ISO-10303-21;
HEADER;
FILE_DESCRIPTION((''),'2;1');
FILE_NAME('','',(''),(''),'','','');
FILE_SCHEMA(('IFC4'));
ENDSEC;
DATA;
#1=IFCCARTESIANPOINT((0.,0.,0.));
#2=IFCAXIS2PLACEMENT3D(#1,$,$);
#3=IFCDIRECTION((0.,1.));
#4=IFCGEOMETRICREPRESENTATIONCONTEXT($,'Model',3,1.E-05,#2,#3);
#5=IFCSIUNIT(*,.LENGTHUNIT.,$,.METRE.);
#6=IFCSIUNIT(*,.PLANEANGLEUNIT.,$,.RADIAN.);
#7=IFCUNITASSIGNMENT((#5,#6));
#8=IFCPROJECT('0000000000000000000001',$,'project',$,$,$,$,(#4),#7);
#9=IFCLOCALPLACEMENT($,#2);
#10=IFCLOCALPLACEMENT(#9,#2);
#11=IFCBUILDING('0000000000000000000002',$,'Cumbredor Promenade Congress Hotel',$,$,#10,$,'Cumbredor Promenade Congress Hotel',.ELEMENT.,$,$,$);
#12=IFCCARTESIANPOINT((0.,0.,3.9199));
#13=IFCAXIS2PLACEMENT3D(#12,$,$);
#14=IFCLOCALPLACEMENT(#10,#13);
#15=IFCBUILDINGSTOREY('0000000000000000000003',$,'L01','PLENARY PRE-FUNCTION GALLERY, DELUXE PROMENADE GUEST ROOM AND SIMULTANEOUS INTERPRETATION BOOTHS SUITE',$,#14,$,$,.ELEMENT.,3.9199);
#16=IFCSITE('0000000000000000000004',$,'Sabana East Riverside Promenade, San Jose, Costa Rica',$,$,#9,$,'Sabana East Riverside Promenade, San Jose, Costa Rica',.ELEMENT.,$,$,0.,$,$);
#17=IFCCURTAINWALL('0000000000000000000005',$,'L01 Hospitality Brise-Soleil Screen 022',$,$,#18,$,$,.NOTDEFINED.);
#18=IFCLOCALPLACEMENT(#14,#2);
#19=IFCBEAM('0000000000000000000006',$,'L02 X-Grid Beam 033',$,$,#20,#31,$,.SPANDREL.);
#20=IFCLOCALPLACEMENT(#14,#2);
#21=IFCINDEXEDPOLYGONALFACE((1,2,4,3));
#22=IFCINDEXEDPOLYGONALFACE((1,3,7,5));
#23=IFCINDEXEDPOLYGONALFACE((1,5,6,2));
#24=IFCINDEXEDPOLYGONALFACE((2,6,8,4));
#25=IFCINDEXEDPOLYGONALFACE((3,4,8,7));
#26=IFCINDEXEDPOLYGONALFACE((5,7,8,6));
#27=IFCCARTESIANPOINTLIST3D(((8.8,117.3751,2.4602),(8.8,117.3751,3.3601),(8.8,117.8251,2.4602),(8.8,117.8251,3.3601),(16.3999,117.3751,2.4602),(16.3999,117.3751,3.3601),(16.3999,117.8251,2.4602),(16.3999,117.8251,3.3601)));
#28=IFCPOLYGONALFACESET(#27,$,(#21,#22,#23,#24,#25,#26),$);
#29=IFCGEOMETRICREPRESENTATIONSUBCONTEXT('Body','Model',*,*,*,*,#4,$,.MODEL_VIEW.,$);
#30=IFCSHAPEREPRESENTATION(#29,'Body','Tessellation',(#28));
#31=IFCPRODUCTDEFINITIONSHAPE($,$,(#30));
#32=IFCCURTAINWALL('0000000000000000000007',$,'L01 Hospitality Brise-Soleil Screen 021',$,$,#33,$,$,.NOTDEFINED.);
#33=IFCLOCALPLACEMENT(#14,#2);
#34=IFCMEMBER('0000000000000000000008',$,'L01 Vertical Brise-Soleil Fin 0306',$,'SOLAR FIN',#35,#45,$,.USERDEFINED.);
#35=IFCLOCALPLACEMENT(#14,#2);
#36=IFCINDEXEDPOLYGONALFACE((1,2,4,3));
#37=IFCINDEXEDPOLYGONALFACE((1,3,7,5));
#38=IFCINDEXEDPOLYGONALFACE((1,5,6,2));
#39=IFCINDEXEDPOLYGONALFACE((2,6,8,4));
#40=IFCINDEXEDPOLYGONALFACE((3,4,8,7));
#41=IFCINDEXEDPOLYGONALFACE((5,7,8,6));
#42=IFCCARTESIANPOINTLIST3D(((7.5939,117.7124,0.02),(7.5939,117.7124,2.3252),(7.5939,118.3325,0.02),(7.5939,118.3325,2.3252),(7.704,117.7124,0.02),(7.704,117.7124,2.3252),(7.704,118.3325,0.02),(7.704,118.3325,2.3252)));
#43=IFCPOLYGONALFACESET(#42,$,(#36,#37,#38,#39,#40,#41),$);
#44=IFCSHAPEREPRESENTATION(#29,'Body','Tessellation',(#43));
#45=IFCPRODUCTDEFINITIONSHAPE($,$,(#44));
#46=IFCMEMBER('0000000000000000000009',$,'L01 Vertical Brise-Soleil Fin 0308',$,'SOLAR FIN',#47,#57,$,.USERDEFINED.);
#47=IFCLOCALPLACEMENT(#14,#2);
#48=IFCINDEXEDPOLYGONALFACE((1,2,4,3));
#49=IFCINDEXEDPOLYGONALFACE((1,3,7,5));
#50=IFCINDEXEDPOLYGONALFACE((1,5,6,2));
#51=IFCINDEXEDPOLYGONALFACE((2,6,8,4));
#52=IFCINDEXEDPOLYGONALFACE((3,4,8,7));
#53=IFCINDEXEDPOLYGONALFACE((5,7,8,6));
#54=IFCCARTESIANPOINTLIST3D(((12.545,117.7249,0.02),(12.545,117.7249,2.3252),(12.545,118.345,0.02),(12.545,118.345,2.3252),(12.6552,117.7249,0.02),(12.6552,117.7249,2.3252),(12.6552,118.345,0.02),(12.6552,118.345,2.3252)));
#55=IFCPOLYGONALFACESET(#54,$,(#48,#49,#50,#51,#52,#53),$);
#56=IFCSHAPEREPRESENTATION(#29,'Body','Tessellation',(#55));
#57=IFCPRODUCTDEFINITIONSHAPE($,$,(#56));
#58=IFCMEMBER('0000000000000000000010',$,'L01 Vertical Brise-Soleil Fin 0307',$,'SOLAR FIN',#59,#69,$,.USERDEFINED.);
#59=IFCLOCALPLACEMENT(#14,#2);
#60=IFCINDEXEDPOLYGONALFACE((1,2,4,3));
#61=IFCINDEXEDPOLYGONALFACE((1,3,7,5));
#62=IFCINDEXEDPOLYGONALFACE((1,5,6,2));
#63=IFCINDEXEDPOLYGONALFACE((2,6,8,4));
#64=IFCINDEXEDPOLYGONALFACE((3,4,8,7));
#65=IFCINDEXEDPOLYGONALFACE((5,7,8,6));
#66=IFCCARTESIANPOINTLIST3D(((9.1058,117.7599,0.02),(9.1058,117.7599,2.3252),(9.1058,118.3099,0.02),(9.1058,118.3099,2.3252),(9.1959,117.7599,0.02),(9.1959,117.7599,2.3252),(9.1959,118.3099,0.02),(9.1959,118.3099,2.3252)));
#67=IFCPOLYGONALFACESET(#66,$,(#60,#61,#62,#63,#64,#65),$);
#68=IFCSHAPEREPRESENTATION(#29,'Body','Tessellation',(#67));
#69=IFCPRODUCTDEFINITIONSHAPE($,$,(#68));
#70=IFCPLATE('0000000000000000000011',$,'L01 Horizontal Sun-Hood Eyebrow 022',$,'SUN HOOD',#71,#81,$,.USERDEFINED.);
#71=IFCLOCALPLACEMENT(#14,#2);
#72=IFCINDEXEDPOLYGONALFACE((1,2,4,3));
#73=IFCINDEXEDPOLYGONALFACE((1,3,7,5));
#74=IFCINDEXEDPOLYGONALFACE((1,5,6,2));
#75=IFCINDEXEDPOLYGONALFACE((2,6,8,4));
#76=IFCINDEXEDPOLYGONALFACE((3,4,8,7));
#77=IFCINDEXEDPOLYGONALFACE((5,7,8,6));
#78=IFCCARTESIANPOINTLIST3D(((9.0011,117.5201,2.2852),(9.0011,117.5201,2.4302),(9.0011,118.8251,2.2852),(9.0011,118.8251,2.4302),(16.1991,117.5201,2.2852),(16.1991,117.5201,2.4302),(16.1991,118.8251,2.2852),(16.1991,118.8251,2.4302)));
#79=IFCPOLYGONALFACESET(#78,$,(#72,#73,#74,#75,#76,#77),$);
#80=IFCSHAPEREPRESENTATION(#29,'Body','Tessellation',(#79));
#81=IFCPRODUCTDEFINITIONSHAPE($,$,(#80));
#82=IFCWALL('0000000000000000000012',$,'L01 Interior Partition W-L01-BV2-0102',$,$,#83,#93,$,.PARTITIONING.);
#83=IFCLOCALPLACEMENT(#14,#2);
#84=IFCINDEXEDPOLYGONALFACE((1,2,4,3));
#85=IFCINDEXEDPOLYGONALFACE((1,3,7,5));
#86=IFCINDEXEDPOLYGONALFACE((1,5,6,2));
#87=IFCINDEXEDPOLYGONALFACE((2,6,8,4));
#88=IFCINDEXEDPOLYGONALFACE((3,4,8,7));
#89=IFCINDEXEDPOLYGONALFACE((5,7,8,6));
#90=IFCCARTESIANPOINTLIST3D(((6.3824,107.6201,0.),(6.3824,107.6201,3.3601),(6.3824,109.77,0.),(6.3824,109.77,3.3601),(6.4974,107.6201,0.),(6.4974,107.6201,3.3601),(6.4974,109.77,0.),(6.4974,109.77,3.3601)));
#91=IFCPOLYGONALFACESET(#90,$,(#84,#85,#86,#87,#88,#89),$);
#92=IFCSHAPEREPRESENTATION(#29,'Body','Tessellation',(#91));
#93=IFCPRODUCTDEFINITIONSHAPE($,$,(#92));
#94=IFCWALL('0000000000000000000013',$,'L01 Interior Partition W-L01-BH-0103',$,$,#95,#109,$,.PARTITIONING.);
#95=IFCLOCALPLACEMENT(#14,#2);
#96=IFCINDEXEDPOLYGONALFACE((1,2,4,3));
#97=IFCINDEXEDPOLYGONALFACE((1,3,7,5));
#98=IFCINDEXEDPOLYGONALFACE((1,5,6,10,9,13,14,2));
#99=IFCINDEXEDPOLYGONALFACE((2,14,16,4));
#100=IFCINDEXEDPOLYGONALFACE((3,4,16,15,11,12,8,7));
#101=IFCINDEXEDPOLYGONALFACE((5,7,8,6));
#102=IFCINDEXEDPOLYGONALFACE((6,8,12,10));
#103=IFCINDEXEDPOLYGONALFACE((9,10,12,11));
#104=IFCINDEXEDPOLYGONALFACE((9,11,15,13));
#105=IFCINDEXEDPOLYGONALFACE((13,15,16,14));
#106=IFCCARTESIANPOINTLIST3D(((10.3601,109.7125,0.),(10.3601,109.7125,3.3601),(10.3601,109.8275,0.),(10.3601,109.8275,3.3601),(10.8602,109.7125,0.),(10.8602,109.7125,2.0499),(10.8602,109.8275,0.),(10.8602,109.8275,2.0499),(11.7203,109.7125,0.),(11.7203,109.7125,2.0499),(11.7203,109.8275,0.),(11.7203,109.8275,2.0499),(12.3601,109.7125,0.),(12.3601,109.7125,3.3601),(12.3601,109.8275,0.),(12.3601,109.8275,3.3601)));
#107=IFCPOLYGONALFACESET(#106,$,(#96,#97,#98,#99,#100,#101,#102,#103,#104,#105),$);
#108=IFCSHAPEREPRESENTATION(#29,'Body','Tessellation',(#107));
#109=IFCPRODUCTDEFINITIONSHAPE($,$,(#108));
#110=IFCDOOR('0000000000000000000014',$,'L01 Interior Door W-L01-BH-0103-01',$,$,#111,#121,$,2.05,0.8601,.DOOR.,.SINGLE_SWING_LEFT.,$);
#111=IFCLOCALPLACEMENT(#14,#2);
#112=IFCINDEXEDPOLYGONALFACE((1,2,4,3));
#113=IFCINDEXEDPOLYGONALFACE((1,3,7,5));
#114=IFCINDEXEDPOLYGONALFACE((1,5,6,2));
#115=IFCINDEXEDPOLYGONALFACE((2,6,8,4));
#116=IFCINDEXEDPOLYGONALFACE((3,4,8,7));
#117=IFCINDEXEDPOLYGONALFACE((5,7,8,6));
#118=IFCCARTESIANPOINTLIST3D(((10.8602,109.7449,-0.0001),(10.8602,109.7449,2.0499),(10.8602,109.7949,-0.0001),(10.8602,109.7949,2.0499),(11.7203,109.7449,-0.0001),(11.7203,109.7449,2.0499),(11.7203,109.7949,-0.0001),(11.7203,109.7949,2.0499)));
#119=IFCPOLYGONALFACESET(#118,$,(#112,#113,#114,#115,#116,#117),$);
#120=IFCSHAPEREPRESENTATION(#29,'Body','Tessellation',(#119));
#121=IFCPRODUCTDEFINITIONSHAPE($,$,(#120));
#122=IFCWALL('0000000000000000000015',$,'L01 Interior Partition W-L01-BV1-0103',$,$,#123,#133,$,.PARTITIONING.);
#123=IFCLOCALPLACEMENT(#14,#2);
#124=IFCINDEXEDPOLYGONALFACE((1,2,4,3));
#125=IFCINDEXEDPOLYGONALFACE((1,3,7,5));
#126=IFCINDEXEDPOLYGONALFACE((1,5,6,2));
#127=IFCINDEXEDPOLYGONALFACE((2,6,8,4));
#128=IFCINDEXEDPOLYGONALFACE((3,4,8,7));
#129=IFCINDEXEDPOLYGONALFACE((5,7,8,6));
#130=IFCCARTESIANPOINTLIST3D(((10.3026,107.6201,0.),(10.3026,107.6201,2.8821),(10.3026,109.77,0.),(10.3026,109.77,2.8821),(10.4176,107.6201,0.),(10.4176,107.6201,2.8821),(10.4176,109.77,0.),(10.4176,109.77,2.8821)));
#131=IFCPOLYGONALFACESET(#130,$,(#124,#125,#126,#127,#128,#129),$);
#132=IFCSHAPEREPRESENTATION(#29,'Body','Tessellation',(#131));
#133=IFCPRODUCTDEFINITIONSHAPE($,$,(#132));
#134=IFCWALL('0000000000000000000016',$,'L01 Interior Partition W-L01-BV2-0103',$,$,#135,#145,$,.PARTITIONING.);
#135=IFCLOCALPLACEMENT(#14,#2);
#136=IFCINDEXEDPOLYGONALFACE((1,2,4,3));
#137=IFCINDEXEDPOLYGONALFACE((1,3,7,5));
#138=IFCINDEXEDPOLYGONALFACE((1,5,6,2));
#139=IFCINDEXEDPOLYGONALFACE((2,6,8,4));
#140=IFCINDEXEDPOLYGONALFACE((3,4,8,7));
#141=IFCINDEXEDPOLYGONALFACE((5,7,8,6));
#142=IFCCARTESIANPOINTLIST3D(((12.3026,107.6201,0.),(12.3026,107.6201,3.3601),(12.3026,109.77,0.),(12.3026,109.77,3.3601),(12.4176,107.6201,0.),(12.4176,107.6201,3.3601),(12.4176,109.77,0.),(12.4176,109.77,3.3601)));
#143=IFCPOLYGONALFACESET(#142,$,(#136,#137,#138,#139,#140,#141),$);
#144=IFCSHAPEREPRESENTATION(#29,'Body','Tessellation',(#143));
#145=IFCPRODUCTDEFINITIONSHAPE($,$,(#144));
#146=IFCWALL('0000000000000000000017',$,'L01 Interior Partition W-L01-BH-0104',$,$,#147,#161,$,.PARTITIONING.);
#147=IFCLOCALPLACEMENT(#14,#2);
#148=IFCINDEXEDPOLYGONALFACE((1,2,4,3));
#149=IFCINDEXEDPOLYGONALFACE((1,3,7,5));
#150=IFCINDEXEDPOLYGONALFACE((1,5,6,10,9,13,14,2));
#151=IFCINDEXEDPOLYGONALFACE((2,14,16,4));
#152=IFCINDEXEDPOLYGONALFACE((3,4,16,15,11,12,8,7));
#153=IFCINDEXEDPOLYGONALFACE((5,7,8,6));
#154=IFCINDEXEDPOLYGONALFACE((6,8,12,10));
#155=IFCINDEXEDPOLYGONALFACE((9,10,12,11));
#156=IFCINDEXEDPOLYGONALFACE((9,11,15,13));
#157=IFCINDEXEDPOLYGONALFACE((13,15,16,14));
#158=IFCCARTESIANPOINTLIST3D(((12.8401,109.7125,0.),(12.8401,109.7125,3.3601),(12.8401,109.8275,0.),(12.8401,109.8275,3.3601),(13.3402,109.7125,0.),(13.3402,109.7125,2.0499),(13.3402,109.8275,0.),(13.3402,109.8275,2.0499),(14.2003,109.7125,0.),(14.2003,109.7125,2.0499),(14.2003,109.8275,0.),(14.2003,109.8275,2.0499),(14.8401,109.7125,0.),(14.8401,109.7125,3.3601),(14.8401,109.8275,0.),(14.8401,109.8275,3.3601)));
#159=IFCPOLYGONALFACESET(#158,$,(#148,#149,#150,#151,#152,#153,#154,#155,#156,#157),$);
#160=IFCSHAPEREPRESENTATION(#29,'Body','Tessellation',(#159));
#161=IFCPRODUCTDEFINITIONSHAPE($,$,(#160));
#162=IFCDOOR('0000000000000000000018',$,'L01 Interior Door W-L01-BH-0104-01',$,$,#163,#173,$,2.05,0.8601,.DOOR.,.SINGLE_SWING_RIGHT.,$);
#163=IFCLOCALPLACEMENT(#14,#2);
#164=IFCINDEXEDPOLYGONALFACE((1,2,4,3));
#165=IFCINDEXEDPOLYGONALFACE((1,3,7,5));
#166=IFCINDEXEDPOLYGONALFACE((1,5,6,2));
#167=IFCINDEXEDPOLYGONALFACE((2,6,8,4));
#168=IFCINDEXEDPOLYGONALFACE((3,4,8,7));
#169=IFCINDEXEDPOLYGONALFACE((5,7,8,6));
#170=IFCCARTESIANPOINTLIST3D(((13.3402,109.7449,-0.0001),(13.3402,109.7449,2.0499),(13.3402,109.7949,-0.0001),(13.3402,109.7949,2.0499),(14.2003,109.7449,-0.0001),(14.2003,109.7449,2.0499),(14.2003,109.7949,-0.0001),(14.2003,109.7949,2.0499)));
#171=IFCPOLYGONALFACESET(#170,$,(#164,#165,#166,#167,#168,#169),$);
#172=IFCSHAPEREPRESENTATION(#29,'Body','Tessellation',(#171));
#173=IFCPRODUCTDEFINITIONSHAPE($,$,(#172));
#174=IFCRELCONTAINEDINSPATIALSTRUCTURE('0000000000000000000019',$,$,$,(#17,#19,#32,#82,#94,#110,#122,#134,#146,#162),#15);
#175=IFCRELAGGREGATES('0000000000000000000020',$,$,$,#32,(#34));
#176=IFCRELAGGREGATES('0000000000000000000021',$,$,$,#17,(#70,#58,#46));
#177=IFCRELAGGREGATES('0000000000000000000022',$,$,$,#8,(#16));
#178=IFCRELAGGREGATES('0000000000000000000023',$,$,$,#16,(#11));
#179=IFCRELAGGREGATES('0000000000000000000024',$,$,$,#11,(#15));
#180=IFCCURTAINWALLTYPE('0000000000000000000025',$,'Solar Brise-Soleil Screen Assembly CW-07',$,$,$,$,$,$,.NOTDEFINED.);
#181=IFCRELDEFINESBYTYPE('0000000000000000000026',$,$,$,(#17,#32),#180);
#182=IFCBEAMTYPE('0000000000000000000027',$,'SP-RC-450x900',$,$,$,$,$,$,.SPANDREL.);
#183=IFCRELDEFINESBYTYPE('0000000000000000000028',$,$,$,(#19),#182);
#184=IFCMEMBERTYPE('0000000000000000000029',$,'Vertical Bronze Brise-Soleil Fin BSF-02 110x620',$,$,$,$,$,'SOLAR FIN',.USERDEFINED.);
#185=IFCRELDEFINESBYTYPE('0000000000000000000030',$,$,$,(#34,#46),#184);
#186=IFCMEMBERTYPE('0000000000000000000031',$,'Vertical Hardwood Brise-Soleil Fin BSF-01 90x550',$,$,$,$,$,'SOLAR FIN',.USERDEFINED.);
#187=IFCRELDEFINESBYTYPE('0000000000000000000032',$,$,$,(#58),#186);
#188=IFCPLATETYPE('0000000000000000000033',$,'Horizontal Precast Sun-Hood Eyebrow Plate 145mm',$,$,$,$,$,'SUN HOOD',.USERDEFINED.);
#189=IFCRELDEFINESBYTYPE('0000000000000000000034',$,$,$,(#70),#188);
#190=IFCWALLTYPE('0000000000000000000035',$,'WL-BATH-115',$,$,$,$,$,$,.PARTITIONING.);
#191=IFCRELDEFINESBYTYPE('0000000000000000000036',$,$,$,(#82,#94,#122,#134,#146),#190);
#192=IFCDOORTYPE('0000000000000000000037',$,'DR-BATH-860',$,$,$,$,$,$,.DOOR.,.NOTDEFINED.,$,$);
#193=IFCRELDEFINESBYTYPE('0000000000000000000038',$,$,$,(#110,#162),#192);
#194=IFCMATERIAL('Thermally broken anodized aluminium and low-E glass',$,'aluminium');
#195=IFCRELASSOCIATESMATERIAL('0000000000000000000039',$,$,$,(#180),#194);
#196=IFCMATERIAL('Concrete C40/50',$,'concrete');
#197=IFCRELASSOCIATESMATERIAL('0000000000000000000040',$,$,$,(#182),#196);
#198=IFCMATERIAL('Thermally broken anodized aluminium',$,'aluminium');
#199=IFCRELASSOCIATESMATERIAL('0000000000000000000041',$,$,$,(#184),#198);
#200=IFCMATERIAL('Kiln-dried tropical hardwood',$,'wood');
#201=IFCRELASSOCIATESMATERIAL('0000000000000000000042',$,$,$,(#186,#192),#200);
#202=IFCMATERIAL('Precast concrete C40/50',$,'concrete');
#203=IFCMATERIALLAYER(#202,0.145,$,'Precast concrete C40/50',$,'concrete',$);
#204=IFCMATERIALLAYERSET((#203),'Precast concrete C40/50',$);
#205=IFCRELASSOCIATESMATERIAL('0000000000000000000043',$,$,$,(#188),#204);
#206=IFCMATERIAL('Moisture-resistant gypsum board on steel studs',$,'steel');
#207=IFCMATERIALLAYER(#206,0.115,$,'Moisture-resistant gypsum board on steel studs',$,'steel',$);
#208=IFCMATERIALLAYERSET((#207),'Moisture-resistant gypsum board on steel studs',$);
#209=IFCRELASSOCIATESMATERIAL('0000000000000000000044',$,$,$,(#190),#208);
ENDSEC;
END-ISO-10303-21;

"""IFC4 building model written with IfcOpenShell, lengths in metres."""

from ifc_helpers import new_model, si_unit, direction, frame, frame_2d, origin, origin_2d, place, context, subcontext, project, spatial, rectangle, extrude, material, layer, layer_set, material_profile, profile_set, type_object, element, fill, aggregate, save


model = new_model("IFC4")

# Units and contexts
model_context = context("Model", 3, precision=1e-05, world=origin(), true_north=direction((0.0, 1.0)))
body_context = subcontext(model_context, "Body", "Model", "MODEL_VIEW")
ifc_project = project(units=[si_unit("LENGTHUNIT", "METRE"), si_unit("PLANEANGLEUNIT", "RADIAN")], contexts=[model_context])

# Site, building, storey
site_placement = place(None, origin())
site = spatial("IfcSite", under=ifc_project, at=site_placement, Name="Sabana East Riverside Promenade, San Jose, Costa Rica", LongName="Sabana East Riverside Promenade, San Jose, Costa Rica", CompositionType="ELEMENT", RefElevation=0.0)
building_placement = place(site_placement, origin())
building = spatial("IfcBuilding", under=site, at=building_placement, Name="Cumbredor Promenade Congress Hotel", LongName="Cumbredor Promenade Congress Hotel", CompositionType="ELEMENT")
storey_placement = place(building_placement, frame((0.0, 0.0, 3.9199)))
storey = spatial("IfcBuildingStorey", under=building, at=storey_placement, Name="L01", Description="PLENARY PRE-FUNCTION GALLERY, DELUXE PROMENADE GUEST ROOM AND SIMULTANEOUS INTERPRETATION BOOTHS SUITE", CompositionType="ELEMENT", Elevation=3.9199)

# Shared definitions
ifc_material_1 = material(Name="Concrete C40/50", Category="concrete")

# Curtain wall
ifc_material_2 = material(Name="Thermally broken anodized aluminium and low-E glass", Category="aluminium")
curtain_wall_type = type_object("IfcCurtainWallType", Name="Solar Brise-Soleil Screen Assembly CW-07", PredefinedType="NOTDEFINED", material=ifc_material_2)
curtain_wall_1_placement = place(storey_placement, origin())
curtain_wall_1 = element("IfcCurtainWall", 1, at=curtain_wall_1_placement, inside=storey, type_object=curtain_wall_type, Name="L01 Hospitality Brise-Soleil Screen 022", PredefinedType="NOTDEFINED")
ifc_material_3 = material(Name="Thermally broken anodized aluminium", Category="aluminium")

# Beam
ifc_material_profile_1 = material_profile(ifc_material_1, rectangle(XDim=0.45, YDim=0.8999, at=origin_2d()), Name="RC SPANDREL 450x900")
ifc_profile_set_1 = profile_set([ifc_material_profile_1], Name="Concrete C40/50")
beam_type_1 = type_object("IfcBeamType", Name="SP-RC-450x900", PredefinedType="SPANDREL", material=ifc_profile_set_1)
beam_1_placement = place(storey_placement, frame((8.8, 117.6001, 2.9102), z_axis=(1.0, 0.0, 0.0), x_axis=(0.0, 1.0, 0.0)))
element("IfcBeam", 2, at=beam_1_placement, inside=storey, type_object=beam_type_1, Name="L02 X-Grid Beam 033", PredefinedType="SPANDREL", context=body_context, shape_type="SweptSolid", body=[
    extrude(rectangle(XDim=0.45, YDim=0.8999, at=origin_2d()), origin(), (0.0, 0.0, 1.0), 7.5999),
])

# Curtain wall, member
curtain_wall_2_placement = place(storey_placement, origin())
curtain_wall_2 = element("IfcCurtainWall", 3, at=curtain_wall_2_placement, inside=storey, type_object=curtain_wall_type, Name="L01 Hospitality Brise-Soleil Screen 021", PredefinedType="NOTDEFINED")
ifc_material_profile_2 = material_profile(ifc_material_3, rectangle(XDim=0.1101, YDim=0.6201, at=origin_2d()), Name="ARCH FIN 110x620")
ifc_profile_set_2 = profile_set([ifc_material_profile_2], Name="Thermally broken anodized aluminium")
member_type_1 = type_object("IfcMemberType", Name="Vertical Bronze Brise-Soleil Fin BSF-02 110x620", ElementType="SOLAR FIN", PredefinedType="USERDEFINED", material=ifc_profile_set_2)
member_1_placement = place(storey_placement, frame((7.6489, 118.0225, 0.02), z_axis=(0.0, 0.0, 1.0), x_axis=(1.0, 0.0, 0.0)))
member_1 = element("IfcMember", 4, at=member_1_placement, type_object=member_type_1, Name="L01 Vertical Brise-Soleil Fin 0306", ObjectType="SOLAR FIN", PredefinedType="USERDEFINED", context=body_context, shape_type="SweptSolid", body=[
    extrude(rectangle(XDim=0.1101, YDim=0.6201, at=origin_2d()), origin(), (0.0, 0.0, 1.0), 2.3052),
])
aggregate(curtain_wall_2, [member_1])

# Members
member_2_placement = place(storey_placement, frame((12.6001, 118.0349, 0.02), z_axis=(0.0, 0.0, 1.0), x_axis=(1.0, 0.0, 0.0)))
member_2 = element("IfcMember", 5, at=member_2_placement, type_object=member_type_1, Name="L01 Vertical Brise-Soleil Fin 0308", ObjectType="SOLAR FIN", PredefinedType="USERDEFINED", context=body_context, shape_type="SweptSolid", body=[
    extrude(rectangle(XDim=0.1101, YDim=0.6201, at=origin_2d()), origin(), (0.0, 0.0, 1.0), 2.3052),
])
ifc_material_4 = material(Name="Kiln-dried tropical hardwood", Category="wood")
ifc_material_profile_3 = material_profile(ifc_material_4, rectangle(XDim=0.0901, YDim=0.55, at=origin_2d()), Name="ARCH FIN 90x550")
ifc_profile_set_3 = profile_set([ifc_material_profile_3], Name="Kiln-dried tropical hardwood")
member_type_2 = type_object("IfcMemberType", Name="Vertical Hardwood Brise-Soleil Fin BSF-01 90x550", ElementType="SOLAR FIN", PredefinedType="USERDEFINED", material=ifc_profile_set_3)
member_3_placement = place(storey_placement, frame((9.1509, 118.0349, 0.02), z_axis=(0.0, 0.0, 1.0), x_axis=(1.0, 0.0, 0.0)))
member_3 = element("IfcMember", 6, at=member_3_placement, type_object=member_type_2, Name="L01 Vertical Brise-Soleil Fin 0307", ObjectType="SOLAR FIN", PredefinedType="USERDEFINED", context=body_context, shape_type="SweptSolid", body=[
    extrude(rectangle(XDim=0.0901, YDim=0.55, at=origin_2d()), origin(), (0.0, 0.0, 1.0), 2.3052),
])

# Plate
ifc_material_5 = material(Name="Precast concrete C40/50", Category="concrete")
ifc_layer_1 = layer(ifc_material_5, 0.145, Name="Precast concrete C40/50", Category="concrete")
ifc_layer_set_1 = layer_set([ifc_layer_1], Name="Precast concrete C40/50")
plate_type = type_object("IfcPlateType", Name="Horizontal Precast Sun-Hood Eyebrow Plate 145mm", ElementType="SUN HOOD", PredefinedType="USERDEFINED", material=ifc_layer_set_1)
plate_placement = place(storey_placement, frame((12.6001, 118.1726, 2.2852), z_axis=(0.0, 0.0, 1.0), x_axis=(1.0, 0.0, 0.0)))
plate = element("IfcPlate", 7, at=plate_placement, type_object=plate_type, Name="L01 Horizontal Sun-Hood Eyebrow 022", ObjectType="SUN HOOD", PredefinedType="USERDEFINED", context=body_context, shape_type="SweptSolid", body=[
    extrude(rectangle(XDim=7.198, YDim=1.3049, at=origin_2d()), origin(), (0.0, 0.0, 1.0), 0.145),
])
aggregate(curtain_wall_1, [plate, member_3, member_2])

# Wall
ifc_material_6 = material(Name="Moisture-resistant gypsum board on steel studs", Category="steel")
ifc_layer_2 = layer(ifc_material_6, 0.115, Name="Moisture-resistant gypsum board on steel studs", Category="steel")
ifc_layer_set_2 = layer_set([ifc_layer_2], Name="Moisture-resistant gypsum board on steel studs")
wall_type_1 = type_object("IfcWallType", Name="WL-BATH-115", PredefinedType="PARTITIONING", material=ifc_layer_set_2)
wall_1_placement = place(storey_placement, frame((6.4399, 107.6201, 0.0), z_axis=(0.0, 0.0, 1.0), x_axis=(0.0, 1.0, 0.0)))
element("IfcWall", 8, at=wall_1_placement, inside=storey, type_object=wall_type_1, Name="L01 Interior Partition W-L01-BV2-0102", PredefinedType="PARTITIONING", context=body_context, shape_type="SweptSolid", body=[
    extrude(rectangle(XDim=2.1499, YDim=0.115, at=frame_2d((1.075, 0.0))), origin(), (0.0, 0.0, 1.0), 3.3601),
])

# Wall, opening, door
wall_2_placement = place(storey_placement, frame((10.3601, 109.77, 0.0), z_axis=(0.0, 0.0, 1.0), x_axis=(1.0, 0.0, 0.0)))
wall_2 = element("IfcWall", 9, at=wall_2_placement, inside=storey, type_object=wall_type_1, Name="L01 Interior Partition W-L01-BH-0103", PredefinedType="PARTITIONING", context=body_context, shape_type="SweptSolid", body=[
    extrude(rectangle(XDim=2.0, YDim=0.115, at=frame_2d((1.0, 0.0))), origin(), (0.0, 0.0, 1.0), 3.3601),
])
opening_1_placement = place(wall_2_placement, frame((0.5, 0.0, 0.0)))
opening_1 = element("IfcOpeningElement", 10, at=opening_1_placement, cuts=wall_2, PredefinedType="OPENING", context=body_context, shape_type="SweptSolid", body=[
    extrude(rectangle(XDim=0.8601, YDim=2.05, at=frame_2d((0.4302, 1.0249))), frame((0.0, 0.0674, 0.0), z_axis=(0.0, -1.0, 0.0), x_axis=(1.0, 0.0, 0.0)), (0.0, 0.0, 1.0), 0.135),
])
door_type = type_object("IfcDoorType", Name="DR-BATH-860", OperationType="NOTDEFINED", PredefinedType="DOOR", material=ifc_material_4)
door_1_placement = place(opening_1_placement, origin())
door_1 = element("IfcDoor", 11, at=door_1_placement, inside=storey, type_object=door_type, Name="L01 Interior Door W-L01-BH-0103-01", OperationType="SINGLE_SWING_LEFT", OverallHeight=2.05, OverallWidth=0.8601, PredefinedType="DOOR", context=body_context, shape_type="SweptSolid", body=[
    extrude(rectangle(XDim=0.8601, YDim=2.05, at=frame_2d((0.4302, 1.0249))), frame((0.0, 0.0249, 0.0), z_axis=(0.0, -1.0, 0.0), x_axis=(1.0, 0.0, 0.0)), (0.0, 0.0, 1.0), 0.05),
])
fill(opening_1, door_1)

# Walls
wall_3_placement = place(storey_placement, frame((10.3601, 107.6201, 0.0), z_axis=(0.0, 0.0, 1.0), x_axis=(0.0, 1.0, 0.0)))
element("IfcWall", 12, at=wall_3_placement, inside=storey, type_object=wall_type_1, Name="L01 Interior Partition W-L01-BV1-0103", PredefinedType="PARTITIONING", context=body_context, shape_type="SweptSolid", body=[
    extrude(rectangle(XDim=2.1499, YDim=0.115, at=frame_2d((1.075, 0.0))), origin(), (0.0, 0.0, 1.0), 2.8821),
])
wall_4_placement = place(storey_placement, frame((12.3601, 107.6201, 0.0), z_axis=(0.0, 0.0, 1.0), x_axis=(0.0, 1.0, 0.0)))
element("IfcWall", 13, at=wall_4_placement, inside=storey, type_object=wall_type_1, Name="L01 Interior Partition W-L01-BV2-0103", PredefinedType="PARTITIONING", context=body_context, shape_type="SweptSolid", body=[
    extrude(rectangle(XDim=2.1499, YDim=0.115, at=frame_2d((1.075, 0.0))), origin(), (0.0, 0.0, 1.0), 3.3601),
])

# Wall, opening, door
wall_5_placement = place(storey_placement, frame((12.8401, 109.77, 0.0), z_axis=(0.0, 0.0, 1.0), x_axis=(1.0, 0.0, 0.0)))
wall_5 = element("IfcWall", 14, at=wall_5_placement, inside=storey, type_object=wall_type_1, Name="L01 Interior Partition W-L01-BH-0104", PredefinedType="PARTITIONING", context=body_context, shape_type="SweptSolid", body=[
    extrude(rectangle(XDim=2.0, YDim=0.115, at=frame_2d((1.0, 0.0))), origin(), (0.0, 0.0, 1.0), 3.3601),
])
opening_2_placement = place(wall_5_placement, frame((0.5, 0.0, 0.0)))
opening_2 = element("IfcOpeningElement", 15, at=opening_2_placement, cuts=wall_5, PredefinedType="OPENING", context=body_context, shape_type="SweptSolid", body=[
    extrude(rectangle(XDim=0.8601, YDim=2.05, at=frame_2d((0.4302, 1.0249))), frame((0.0, 0.0674, 0.0), z_axis=(0.0, -1.0, 0.0), x_axis=(1.0, 0.0, 0.0)), (0.0, 0.0, 1.0), 0.135),
])
door_2_placement = place(opening_2_placement, origin())
door_2 = element("IfcDoor", 16, at=door_2_placement, inside=storey, type_object=door_type, Name="L01 Interior Door W-L01-BH-0104-01", OperationType="SINGLE_SWING_RIGHT", OverallHeight=2.05, OverallWidth=0.8601, PredefinedType="DOOR", context=body_context, shape_type="SweptSolid", body=[
    extrude(rectangle(XDim=0.8601, YDim=2.05, at=frame_2d((0.4302, 1.0249))), frame((0.0, 0.0249, 0.0), z_axis=(0.0, -1.0, 0.0), x_axis=(1.0, 0.0, 0.0)), (0.0, 0.0, 1.0), 0.05),
])
fill(opening_2, door_2)

save(model, "model.ifc")
